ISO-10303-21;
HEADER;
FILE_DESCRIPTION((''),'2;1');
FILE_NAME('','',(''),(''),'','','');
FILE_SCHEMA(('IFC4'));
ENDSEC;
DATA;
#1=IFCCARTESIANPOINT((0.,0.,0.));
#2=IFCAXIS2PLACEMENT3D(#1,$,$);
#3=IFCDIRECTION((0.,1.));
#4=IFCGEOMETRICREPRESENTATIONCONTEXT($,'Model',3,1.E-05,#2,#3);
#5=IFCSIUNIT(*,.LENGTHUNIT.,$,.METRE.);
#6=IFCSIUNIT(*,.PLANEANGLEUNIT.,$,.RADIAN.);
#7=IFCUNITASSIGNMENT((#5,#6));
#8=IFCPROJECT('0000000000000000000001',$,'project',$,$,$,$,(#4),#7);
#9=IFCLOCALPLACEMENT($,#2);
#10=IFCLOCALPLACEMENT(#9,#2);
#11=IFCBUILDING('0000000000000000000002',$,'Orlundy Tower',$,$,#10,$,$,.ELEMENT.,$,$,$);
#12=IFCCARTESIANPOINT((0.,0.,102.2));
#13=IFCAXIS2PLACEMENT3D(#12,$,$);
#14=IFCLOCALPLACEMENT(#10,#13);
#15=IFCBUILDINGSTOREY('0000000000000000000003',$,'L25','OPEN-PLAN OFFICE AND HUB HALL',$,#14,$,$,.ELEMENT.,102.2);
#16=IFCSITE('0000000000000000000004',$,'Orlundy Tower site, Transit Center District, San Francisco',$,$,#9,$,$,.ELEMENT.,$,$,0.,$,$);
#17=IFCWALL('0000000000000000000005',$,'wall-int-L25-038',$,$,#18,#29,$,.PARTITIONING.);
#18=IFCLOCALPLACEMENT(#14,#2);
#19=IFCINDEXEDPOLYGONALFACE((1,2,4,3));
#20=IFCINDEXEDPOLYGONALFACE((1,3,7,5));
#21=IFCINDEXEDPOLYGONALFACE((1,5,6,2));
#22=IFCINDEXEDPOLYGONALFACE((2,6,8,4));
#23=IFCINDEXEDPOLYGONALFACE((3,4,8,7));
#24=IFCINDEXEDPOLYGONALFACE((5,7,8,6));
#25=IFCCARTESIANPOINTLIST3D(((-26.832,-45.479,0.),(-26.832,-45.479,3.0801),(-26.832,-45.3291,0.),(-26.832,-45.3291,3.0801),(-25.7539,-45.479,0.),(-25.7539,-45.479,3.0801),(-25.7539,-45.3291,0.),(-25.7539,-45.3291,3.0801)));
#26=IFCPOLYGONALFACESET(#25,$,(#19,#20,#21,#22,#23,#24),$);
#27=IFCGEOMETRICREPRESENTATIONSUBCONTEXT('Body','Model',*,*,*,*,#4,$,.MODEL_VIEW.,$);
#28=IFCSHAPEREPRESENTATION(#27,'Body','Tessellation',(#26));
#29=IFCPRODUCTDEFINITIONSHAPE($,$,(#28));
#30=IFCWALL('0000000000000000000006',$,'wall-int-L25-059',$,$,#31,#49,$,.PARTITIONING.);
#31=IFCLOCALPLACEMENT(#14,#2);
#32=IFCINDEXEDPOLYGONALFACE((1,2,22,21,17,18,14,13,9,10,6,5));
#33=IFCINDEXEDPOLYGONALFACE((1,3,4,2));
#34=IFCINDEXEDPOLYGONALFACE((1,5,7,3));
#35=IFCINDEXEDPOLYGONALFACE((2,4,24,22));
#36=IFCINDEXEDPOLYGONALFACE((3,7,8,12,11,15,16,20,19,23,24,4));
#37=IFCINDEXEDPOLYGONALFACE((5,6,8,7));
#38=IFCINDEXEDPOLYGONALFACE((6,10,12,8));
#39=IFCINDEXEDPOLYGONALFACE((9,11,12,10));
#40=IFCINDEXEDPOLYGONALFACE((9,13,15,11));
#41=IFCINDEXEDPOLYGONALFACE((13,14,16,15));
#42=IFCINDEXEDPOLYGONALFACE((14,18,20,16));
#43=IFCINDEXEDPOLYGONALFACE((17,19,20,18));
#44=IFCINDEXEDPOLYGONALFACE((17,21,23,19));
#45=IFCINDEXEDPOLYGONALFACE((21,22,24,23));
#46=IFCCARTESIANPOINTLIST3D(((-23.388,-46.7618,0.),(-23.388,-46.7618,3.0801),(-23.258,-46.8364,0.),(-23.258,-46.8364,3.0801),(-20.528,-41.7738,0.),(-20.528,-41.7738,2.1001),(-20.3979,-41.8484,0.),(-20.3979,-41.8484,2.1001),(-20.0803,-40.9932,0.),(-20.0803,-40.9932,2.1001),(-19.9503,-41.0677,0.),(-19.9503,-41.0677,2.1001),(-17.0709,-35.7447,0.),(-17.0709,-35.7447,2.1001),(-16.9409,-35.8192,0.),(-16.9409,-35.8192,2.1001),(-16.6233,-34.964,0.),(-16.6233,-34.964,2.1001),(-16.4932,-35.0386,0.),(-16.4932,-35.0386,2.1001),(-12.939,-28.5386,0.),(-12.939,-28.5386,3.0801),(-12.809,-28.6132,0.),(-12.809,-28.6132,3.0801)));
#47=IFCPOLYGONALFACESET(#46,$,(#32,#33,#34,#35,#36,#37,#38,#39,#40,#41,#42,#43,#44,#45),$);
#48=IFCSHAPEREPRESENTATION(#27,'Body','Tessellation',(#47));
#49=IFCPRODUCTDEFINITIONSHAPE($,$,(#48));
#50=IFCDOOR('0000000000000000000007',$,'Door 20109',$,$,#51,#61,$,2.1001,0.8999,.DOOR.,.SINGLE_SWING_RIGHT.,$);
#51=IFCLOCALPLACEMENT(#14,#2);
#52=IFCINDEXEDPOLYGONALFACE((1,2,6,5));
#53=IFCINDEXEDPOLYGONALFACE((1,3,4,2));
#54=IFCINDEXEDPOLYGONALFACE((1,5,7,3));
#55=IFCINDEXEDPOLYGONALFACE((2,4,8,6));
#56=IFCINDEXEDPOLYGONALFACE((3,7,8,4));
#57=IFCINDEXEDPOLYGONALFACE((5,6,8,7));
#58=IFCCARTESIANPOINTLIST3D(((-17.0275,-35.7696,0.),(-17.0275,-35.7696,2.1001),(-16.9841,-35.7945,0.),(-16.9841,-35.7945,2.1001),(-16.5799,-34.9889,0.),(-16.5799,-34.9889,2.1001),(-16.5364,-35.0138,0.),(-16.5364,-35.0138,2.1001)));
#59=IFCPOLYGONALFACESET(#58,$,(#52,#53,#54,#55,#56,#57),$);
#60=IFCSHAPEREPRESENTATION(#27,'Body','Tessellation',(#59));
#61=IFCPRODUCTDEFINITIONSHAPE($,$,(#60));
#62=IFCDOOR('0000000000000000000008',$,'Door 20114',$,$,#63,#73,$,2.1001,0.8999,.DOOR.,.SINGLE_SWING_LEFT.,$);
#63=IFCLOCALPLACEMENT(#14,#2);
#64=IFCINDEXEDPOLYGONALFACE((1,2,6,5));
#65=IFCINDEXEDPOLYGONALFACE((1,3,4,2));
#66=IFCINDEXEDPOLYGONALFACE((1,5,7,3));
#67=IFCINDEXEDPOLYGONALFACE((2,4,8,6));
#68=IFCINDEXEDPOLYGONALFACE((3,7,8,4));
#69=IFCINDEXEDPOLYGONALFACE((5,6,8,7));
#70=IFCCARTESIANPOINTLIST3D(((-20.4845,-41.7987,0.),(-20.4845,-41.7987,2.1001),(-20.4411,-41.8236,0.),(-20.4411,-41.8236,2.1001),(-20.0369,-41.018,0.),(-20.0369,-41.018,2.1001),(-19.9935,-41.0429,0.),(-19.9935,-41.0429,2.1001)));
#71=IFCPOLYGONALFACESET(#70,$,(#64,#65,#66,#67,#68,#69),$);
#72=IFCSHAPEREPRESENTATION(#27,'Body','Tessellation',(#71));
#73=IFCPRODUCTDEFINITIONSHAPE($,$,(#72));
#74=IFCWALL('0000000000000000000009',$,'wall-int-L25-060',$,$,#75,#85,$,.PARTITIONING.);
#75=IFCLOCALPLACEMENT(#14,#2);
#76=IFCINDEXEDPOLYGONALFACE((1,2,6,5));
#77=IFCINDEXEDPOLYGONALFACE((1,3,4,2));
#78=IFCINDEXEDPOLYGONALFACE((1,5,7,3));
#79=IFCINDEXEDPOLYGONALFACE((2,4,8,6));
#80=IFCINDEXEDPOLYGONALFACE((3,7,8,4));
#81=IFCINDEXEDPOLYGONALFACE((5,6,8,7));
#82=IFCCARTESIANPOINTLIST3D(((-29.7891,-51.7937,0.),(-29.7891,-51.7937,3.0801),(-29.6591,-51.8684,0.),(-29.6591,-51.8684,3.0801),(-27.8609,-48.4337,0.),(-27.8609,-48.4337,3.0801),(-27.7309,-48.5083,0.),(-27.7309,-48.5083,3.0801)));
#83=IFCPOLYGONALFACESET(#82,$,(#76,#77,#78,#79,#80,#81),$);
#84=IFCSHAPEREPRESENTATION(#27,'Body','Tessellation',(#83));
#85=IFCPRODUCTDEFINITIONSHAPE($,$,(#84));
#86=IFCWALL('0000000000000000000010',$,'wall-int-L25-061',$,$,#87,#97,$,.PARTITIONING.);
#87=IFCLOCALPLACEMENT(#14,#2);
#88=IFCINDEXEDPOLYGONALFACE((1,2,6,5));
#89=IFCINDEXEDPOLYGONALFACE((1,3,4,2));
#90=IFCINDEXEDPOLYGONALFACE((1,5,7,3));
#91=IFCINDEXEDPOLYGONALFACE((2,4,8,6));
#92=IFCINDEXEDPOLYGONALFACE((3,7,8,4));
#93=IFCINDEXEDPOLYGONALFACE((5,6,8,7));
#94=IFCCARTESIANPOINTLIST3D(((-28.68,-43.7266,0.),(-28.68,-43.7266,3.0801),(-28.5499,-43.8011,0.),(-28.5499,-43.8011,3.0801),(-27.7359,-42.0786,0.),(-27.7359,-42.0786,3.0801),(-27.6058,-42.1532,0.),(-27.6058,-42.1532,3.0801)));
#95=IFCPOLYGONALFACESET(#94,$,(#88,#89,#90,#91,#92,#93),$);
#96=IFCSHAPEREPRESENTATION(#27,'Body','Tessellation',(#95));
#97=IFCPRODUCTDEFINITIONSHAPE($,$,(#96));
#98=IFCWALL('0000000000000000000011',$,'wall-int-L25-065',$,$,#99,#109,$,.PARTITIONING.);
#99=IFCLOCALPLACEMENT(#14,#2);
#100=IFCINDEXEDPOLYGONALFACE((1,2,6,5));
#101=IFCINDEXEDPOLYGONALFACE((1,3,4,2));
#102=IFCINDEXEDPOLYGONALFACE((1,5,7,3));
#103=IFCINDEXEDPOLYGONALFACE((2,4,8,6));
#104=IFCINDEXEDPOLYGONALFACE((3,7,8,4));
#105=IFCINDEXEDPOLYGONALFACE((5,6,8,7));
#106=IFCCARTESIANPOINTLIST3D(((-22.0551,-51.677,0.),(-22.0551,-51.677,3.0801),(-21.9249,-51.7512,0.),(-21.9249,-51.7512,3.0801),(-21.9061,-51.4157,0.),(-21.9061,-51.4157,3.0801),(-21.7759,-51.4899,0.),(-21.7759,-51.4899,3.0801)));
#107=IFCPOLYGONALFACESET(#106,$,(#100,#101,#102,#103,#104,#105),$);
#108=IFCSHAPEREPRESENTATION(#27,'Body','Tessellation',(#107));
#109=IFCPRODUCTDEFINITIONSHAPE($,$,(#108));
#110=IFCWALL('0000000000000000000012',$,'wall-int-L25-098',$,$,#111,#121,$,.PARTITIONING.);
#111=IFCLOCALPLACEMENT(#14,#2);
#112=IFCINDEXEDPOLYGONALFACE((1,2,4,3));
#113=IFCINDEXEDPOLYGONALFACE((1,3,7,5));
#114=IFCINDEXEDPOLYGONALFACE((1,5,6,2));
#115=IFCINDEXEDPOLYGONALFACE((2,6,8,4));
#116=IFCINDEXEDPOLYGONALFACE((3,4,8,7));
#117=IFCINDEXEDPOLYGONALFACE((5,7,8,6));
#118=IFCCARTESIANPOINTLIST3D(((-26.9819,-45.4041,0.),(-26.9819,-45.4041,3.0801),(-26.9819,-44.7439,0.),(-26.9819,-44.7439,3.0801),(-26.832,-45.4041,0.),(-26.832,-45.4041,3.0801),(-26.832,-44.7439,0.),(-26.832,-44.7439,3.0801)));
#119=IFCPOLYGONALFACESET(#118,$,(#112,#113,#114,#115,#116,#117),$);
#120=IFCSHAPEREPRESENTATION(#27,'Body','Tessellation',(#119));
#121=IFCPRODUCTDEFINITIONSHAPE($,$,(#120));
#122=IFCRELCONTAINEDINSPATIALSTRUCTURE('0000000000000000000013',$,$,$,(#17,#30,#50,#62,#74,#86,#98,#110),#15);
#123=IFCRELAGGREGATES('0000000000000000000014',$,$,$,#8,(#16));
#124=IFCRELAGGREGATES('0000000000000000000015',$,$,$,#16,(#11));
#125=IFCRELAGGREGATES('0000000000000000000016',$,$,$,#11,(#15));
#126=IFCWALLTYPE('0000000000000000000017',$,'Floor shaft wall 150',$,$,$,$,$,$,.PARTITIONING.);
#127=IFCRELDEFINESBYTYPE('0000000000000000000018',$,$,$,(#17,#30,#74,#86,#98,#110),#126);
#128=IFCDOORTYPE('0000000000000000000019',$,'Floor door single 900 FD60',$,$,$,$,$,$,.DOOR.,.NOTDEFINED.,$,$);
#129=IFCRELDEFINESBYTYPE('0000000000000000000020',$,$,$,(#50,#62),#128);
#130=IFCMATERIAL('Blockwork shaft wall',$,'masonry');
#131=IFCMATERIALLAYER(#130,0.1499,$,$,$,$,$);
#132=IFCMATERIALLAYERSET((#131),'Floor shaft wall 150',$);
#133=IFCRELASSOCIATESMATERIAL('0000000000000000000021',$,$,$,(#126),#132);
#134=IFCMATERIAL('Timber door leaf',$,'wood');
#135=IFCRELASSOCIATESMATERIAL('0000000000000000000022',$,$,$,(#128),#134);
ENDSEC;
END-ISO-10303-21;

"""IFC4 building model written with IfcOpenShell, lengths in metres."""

from ifc_helpers import new_model, si_unit, direction, frame, frame_2d, origin, place, context, subcontext, project, spatial, rectangle, extrude, material, layer, layer_set, type_object, element, fill, save


model = new_model("IFC4")

# Units and contexts
model_context = context("Model", 3, precision=1e-05, world=origin(), true_north=direction((0.0, 1.0)))
body_context = subcontext(model_context, "Body", "Model", "MODEL_VIEW")
ifc_project = project(units=[si_unit("LENGTHUNIT", "METRE"), si_unit("PLANEANGLEUNIT", "RADIAN")], contexts=[model_context])

# Site, building, storey
site_placement = place(None, origin())
site = spatial("IfcSite", under=ifc_project, at=site_placement, Name="Orlundy Tower site, Transit Center District, San Francisco", CompositionType="ELEMENT", RefElevation=0.0)
building_placement = place(site_placement, origin())
building = spatial("IfcBuilding", under=site, at=building_placement, Name="Orlundy Tower", CompositionType="ELEMENT")
storey_placement = place(building_placement, frame((0.0, 0.0, 102.2)))
storey = spatial("IfcBuildingStorey", under=building, at=storey_placement, Name="L25", Description="OPEN-PLAN OFFICE AND HUB HALL", CompositionType="ELEMENT", Elevation=102.2)

# Shared definitions
ifc_material_1 = material(Name="Blockwork shaft wall", Category="masonry")
ifc_layer_1 = layer(ifc_material_1, 0.1499)
ifc_layer_set_1 = layer_set([ifc_layer_1], Name="Floor shaft wall 150")
wall_type_1 = type_object("IfcWallType", Name="Floor shaft wall 150", PredefinedType="PARTITIONING", material=ifc_layer_set_1)
ifc_material_2 = material(Name="Timber door leaf", Category="wood")
door_type_1 = type_object("IfcDoorType", Name="Floor door single 900 FD60", OperationType="NOTDEFINED", PredefinedType="DOOR", material=ifc_material_2)

# Wall
wall_1_placement = place(storey_placement, frame((-26.832, -45.4041, 0.0), z_axis=(0.0, 0.0, 1.0), x_axis=(1.0, 0.0, 0.0)))
element("IfcWall", 1, at=wall_1_placement, inside=storey, type_object=wall_type_1, Name="wall-int-L25-038", PredefinedType="PARTITIONING", context=body_context, shape_type="SweptSolid", body=[
    extrude(rectangle(XDim=1.0781, YDim=0.1499, at=frame_2d((0.5391, 0.0))), origin(), (0.0, 0.0, 1.0), 3.0801),
])

# Wall, openings, doors
wall_2_placement = place(storey_placement, frame((-23.323, -46.7991, 0.0), z_axis=(0.0, 0.0, 1.0), x_axis=(0.497421, 0.867509, 0.0)))
wall_2 = element("IfcWall", 2, at=wall_2_placement, inside=storey, type_object=wall_type_1, Name="wall-int-L25-059", PredefinedType="PARTITIONING", context=body_context, shape_type="SweptSolid", body=[
    extrude(rectangle(XDim=21.0063, YDim=0.1499, at=frame_2d((10.5032, 0.0))), origin(), (0.0, 0.0, 1.0), 3.0801),
])
opening_1_placement = place(wall_2_placement, frame((12.6997, 0.0, 0.0)))
opening_1 = element("IfcOpeningElement", 3, at=opening_1_placement, cuts=wall_2, PredefinedType="OPENING", context=body_context, shape_type="SweptSolid", body=[
    extrude(rectangle(XDim=0.8999, YDim=2.1001, at=frame_2d((0.45, 1.05))), frame((0.0, 0.085, 0.0), z_axis=(0.0, -1.0, 0.0), x_axis=(1.0, 0.0, 0.0)), (0.0, 0.0, 1.0), 0.1699),
])
opening_2_placement = place(wall_2_placement, frame((5.7498, 0.0, 0.0)))
opening_2 = element("IfcOpeningElement", 4, at=opening_2_placement, cuts=wall_2, PredefinedType="OPENING", context=body_context, shape_type="SweptSolid", body=[
    extrude(rectangle(XDim=0.8999, YDim=2.1001, at=frame_2d((0.45, 1.05))), frame((0.0, 0.085, 0.0), z_axis=(0.0, -1.0, 0.0), x_axis=(1.0, 0.0, 0.0)), (0.0, 0.0, 1.0), 0.1699),
])
door_1_placement = place(opening_1_placement, origin())
door_1 = element("IfcDoor", 5, at=door_1_placement, inside=storey, type_object=door_type_1, Name="Door 20109", OperationType="SINGLE_SWING_RIGHT", OverallHeight=2.1001, OverallWidth=0.8999, PredefinedType="DOOR", context=body_context, shape_type="SweptSolid", body=[
    extrude(rectangle(XDim=0.8999, YDim=2.1001, at=frame_2d((0.45, 1.05))), frame((0.0, 0.0249, 0.0), z_axis=(0.0, -1.0, 0.0), x_axis=(1.0, 0.0, 0.0)), (0.0, 0.0, 1.0), 0.05),
])
fill(opening_1, door_1)
door_2_placement = place(opening_2_placement, origin())
door_2 = element("IfcDoor", 6, at=door_2_placement, inside=storey, type_object=door_type_1, Name="Door 20114", OperationType="SINGLE_SWING_LEFT", OverallHeight=2.1001, OverallWidth=0.8999, PredefinedType="DOOR", context=body_context, shape_type="SweptSolid", body=[
    extrude(rectangle(XDim=0.8999, YDim=2.1001, at=frame_2d((0.45, 1.05))), frame((0.0, 0.0249, 0.0), z_axis=(0.0, -1.0, 0.0), x_axis=(1.0, 0.0, 0.0)), (0.0, 0.0, 1.0), 0.05),
])
fill(opening_2, door_2)

# Walls
wall_3_placement = place(storey_placement, frame((-29.7241, -51.8311, 0.0), z_axis=(0.0, 0.0, 1.0), x_axis=(0.497726, 0.867334, 0.0)))
element("IfcWall", 7, at=wall_3_placement, inside=storey, type_object=wall_type_1, Name="wall-int-L25-060", PredefinedType="PARTITIONING", context=body_context, shape_type="SweptSolid", body=[
    extrude(rectangle(XDim=3.874, YDim=0.1499, at=frame_2d((1.937, 0.0))), origin(), (0.0, 0.0, 1.0), 3.0801),
])
wall_4_placement = place(storey_placement, frame((-28.615, -43.7639, 0.0), z_axis=(0.0, 0.0, 1.0), x_axis=(0.497094, 0.867697, 0.0)))
element("IfcWall", 8, at=wall_4_placement, inside=storey, type_object=wall_type_1, Name="wall-int-L25-061", PredefinedType="PARTITIONING", context=body_context, shape_type="SweptSolid", body=[
    extrude(rectangle(XDim=1.8992, YDim=0.1499, at=frame_2d((0.9497, 0.0))), origin(), (0.0, 0.0, 1.0), 3.0801),
])
wall_5_placement = place(storey_placement, frame((-21.99, -51.7141, 0.0), z_axis=(0.0, 0.0, 1.0), x_axis=(0.495264, 0.868742, 0.0)))
element("IfcWall", 9, at=wall_5_placement, inside=storey, type_object=wall_type_1, Name="wall-int-L25-065", PredefinedType="PARTITIONING", context=body_context, shape_type="SweptSolid", body=[
    extrude(rectangle(XDim=0.3008, YDim=0.1499, at=frame_2d((0.1504, 0.0))), origin(), (0.0, 0.0, 1.0), 3.0801),
])
wall_6_placement = place(storey_placement, frame((-26.907, -45.4041, 0.0), z_axis=(0.0, 0.0, 1.0), x_axis=(0.0, 1.0, 0.0)))
element("IfcWall", 10, at=wall_6_placement, inside=storey, type_object=wall_type_1, Name="wall-int-L25-098", PredefinedType="PARTITIONING", context=body_context, shape_type="SweptSolid", body=[
    extrude(rectangle(XDim=0.6602, YDim=0.1499, at=frame_2d((0.3301, 0.0))), origin(), (0.0, 0.0, 1.0), 3.0801),
])

save(model, "model.ifc")
